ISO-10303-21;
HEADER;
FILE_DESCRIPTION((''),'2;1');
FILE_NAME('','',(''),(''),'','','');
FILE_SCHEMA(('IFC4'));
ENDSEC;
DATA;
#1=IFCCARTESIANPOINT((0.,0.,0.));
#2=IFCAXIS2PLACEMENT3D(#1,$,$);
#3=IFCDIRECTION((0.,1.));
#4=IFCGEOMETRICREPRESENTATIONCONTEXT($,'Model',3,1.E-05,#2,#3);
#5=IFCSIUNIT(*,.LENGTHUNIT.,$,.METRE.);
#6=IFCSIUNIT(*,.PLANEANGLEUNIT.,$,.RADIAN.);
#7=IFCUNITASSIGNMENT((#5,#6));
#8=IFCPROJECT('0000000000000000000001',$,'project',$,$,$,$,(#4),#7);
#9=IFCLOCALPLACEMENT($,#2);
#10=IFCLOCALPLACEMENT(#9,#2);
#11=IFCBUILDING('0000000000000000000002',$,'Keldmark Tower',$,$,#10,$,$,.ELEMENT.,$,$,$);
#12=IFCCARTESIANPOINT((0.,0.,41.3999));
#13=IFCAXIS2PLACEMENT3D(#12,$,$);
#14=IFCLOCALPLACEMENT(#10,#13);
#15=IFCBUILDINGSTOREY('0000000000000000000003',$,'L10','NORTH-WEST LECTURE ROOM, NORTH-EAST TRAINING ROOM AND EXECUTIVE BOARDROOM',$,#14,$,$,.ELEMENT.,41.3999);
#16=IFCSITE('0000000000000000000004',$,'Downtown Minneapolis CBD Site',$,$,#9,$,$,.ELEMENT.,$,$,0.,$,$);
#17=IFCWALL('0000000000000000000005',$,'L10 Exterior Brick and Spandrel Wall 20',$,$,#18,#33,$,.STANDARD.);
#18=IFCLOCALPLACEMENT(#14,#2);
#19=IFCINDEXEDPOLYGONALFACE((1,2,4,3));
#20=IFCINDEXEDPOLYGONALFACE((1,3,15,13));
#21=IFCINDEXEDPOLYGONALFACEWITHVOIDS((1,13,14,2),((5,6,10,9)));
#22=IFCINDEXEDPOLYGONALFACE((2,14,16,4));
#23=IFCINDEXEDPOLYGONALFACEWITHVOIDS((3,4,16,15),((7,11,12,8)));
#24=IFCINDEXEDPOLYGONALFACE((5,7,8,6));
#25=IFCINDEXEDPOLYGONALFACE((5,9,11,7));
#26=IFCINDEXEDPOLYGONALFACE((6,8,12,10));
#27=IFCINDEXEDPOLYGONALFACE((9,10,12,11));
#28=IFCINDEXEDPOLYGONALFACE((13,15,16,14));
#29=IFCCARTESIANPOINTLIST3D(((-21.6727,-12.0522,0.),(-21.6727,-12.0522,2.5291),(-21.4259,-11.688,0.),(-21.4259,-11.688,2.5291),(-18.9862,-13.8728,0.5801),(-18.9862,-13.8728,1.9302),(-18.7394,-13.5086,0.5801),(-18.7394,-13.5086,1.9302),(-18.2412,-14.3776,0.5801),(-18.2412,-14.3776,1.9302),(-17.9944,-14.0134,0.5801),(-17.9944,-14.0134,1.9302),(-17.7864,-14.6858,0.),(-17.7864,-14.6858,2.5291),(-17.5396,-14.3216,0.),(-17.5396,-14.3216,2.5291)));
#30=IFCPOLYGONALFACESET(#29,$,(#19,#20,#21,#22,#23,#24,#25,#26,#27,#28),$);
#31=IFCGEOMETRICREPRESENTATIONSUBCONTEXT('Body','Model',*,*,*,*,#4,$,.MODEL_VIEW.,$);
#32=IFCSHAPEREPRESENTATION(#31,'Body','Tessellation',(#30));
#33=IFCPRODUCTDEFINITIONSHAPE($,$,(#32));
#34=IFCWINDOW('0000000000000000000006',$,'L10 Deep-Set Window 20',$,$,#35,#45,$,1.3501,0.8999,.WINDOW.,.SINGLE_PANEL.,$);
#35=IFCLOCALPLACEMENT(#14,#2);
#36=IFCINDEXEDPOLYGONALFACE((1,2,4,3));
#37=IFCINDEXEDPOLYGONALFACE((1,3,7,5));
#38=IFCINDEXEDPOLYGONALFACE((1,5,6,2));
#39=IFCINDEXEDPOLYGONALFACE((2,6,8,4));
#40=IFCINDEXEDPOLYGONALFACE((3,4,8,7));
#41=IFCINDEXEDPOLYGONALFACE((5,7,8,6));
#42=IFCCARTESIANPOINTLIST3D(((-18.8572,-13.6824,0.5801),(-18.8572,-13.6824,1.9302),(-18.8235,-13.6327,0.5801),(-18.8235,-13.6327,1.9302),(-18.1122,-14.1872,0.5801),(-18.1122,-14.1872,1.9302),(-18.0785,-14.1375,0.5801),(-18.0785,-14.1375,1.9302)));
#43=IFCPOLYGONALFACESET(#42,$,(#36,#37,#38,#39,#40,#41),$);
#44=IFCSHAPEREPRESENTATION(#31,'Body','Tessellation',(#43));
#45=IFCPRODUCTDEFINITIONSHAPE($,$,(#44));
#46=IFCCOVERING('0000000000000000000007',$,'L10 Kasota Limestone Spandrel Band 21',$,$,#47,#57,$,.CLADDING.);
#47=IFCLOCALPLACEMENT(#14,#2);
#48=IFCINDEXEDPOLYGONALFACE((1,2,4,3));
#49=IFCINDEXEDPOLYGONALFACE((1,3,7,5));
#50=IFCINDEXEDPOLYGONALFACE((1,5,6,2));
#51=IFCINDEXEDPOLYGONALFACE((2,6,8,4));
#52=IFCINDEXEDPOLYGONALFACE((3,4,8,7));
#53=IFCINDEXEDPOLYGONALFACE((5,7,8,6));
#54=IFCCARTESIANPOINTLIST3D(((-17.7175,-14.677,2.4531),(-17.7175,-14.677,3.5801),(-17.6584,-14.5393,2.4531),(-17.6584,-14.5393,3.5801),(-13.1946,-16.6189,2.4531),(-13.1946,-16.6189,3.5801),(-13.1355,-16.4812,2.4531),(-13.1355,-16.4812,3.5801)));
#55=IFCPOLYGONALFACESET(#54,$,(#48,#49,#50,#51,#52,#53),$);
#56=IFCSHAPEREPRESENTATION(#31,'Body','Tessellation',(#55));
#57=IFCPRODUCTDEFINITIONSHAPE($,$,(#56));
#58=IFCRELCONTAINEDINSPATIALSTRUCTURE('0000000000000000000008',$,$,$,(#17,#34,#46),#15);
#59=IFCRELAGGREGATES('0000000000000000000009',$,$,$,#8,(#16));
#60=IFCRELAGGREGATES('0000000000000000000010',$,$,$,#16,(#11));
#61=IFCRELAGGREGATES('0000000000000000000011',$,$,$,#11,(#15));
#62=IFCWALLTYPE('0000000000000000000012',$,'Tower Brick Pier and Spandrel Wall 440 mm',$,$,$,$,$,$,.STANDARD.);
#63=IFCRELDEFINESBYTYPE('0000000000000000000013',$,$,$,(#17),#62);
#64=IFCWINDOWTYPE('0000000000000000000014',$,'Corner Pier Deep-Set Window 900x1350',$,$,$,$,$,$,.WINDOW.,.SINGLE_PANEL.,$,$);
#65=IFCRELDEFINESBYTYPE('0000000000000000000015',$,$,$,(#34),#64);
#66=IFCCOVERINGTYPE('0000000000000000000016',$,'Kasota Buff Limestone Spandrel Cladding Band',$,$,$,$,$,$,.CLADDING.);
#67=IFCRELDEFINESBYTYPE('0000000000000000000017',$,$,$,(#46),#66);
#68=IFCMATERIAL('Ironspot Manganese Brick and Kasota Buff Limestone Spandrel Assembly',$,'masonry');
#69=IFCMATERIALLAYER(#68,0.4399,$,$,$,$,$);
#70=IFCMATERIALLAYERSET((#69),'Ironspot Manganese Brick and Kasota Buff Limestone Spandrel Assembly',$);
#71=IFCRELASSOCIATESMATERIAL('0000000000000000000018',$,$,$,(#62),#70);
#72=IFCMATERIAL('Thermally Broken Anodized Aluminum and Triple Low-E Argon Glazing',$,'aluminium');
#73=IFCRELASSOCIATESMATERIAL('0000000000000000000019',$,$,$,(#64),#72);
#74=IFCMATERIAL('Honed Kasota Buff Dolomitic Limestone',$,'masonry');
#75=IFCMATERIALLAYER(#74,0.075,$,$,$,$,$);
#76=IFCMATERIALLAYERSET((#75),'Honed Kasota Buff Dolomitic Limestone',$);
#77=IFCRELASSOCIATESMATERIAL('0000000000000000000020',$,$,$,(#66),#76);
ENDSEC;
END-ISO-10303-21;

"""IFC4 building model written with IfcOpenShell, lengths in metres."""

from ifc_helpers import new_model, si_unit, direction, frame, frame_2d, origin, origin_2d, place, context, subcontext, project, spatial, rectangle, extrude, material, layer, layer_set, type_object, element, fill, save


model = new_model("IFC4")

# Units and contexts
model_context = context("Model", 3, precision=1e-05, world=origin(), true_north=direction((0.0, 1.0)))
body_context = subcontext(model_context, "Body", "Model", "MODEL_VIEW")
ifc_project = project(units=[si_unit("LENGTHUNIT", "METRE"), si_unit("PLANEANGLEUNIT", "RADIAN")], contexts=[model_context])

# Site, building, storey
site_placement = place(None, origin())
site = spatial("IfcSite", under=ifc_project, at=site_placement, Name="Downtown Minneapolis CBD Site", CompositionType="ELEMENT", RefElevation=0.0)
building_placement = place(site_placement, origin())
building = spatial("IfcBuilding", under=site, at=building_placement, Name="Keldmark Tower", CompositionType="ELEMENT")
storey_placement = place(building_placement, frame((0.0, 0.0, 41.3999)))
storey = spatial("IfcBuildingStorey", under=building, at=storey_placement, Name="L10", Description="NORTH-WEST LECTURE ROOM, NORTH-EAST TRAINING ROOM AND EXECUTIVE BOARDROOM", CompositionType="ELEMENT", Elevation=41.3999)

# Wall, opening, window
ifc_material_1 = material(Name="Ironspot Manganese Brick and Kasota Buff Limestone Spandrel Assembly", Category="masonry")
ifc_layer_1 = layer(ifc_material_1, 0.4399)
ifc_layer_set_1 = layer_set([ifc_layer_1], Name="Ironspot Manganese Brick and Kasota Buff Limestone Spandrel Assembly")
wall_type_1 = type_object("IfcWallType", Name="Tower Brick Pier and Spandrel Wall 440 mm", PredefinedType="STANDARD", material=ifc_layer_set_1)
wall_1_placement = place(storey_placement, frame((-17.6631, -14.5037, 0.0), z_axis=(0.0, 0.0, 1.0), x_axis=(-0.827826, 0.560985, 0.0)))
wall_1 = element("IfcWall", 1, at=wall_1_placement, inside=storey, type_object=wall_type_1, Name="L10 Exterior Brick and Spandrel Wall 20", PredefinedType="STANDARD", context=body_context, shape_type="SweptSolid", body=[
    extrude(rectangle(XDim=4.6946, YDim=0.4399, at=frame_2d((2.3472, 0.0))), origin(), (0.0, 0.0, 1.0), 2.5291),
])
opening_1_placement = place(wall_1_placement, frame((0.5493, 0.0, 0.5801)))
opening_1 = element("IfcOpeningElement", 2, at=opening_1_placement, cuts=wall_1, PredefinedType="OPENING", context=body_context, shape_type="SweptSolid", body=[
    extrude(rectangle(XDim=0.8999, YDim=1.3501, at=frame_2d((0.45, 0.675))), frame((0.0, 0.23, 0.0), z_axis=(0.0, -1.0, 0.0), x_axis=(1.0, 0.0, 0.0)), (0.0, 0.0, 1.0), 0.46),
])
ifc_material_2 = material(Name="Thermally Broken Anodized Aluminum and Triple Low-E Argon Glazing", Category="aluminium")
window_type = type_object("IfcWindowType", Name="Corner Pier Deep-Set Window 900x1350", PartitioningType="SINGLE_PANEL", PredefinedType="WINDOW", material=ifc_material_2)
window_placement = place(opening_1_placement, origin())
window = element("IfcWindow", 3, at=window_placement, inside=storey, type_object=window_type, Name="L10 Deep-Set Window 20", OverallHeight=1.3501, OverallWidth=0.8999, PartitioningType="SINGLE_PANEL", PredefinedType="WINDOW", context=body_context, shape_type="SweptSolid", body=[
    extrude(rectangle(XDim=0.8999, YDim=1.3501, at=frame_2d((0.45, 0.675))), frame((0.0, -0.01, 0.0), z_axis=(0.0, -1.0, 0.0), x_axis=(1.0, 0.0, 0.0)), (0.0, 0.0, 1.0), 0.0601),
])
fill(opening_1, window)

# Covering
ifc_material_3 = material(Name="Honed Kasota Buff Dolomitic Limestone", Category="masonry")
ifc_layer_2 = layer(ifc_material_3, 0.075)
ifc_layer_set_2 = layer_set([ifc_layer_2], Name="Honed Kasota Buff Dolomitic Limestone")
covering_type = type_object("IfcCoveringType", Name="Kasota Buff Limestone Spandrel Cladding Band", PredefinedType="CLADDING", material=ifc_layer_set_2)
covering_placement = place(storey_placement, frame((-15.4265, -15.5791, 2.4531), z_axis=(0.0, 0.0, 1.0), x_axis=(0.918888, -0.394519, 0.0)))
element("IfcCovering", 4, at=covering_placement, inside=storey, type_object=covering_type, Name="L10 Kasota Limestone Spandrel Band 21", PredefinedType="CLADDING", context=body_context, shape_type="SweptSolid", body=[
    extrude(rectangle(XDim=4.9221, YDim=0.1499, at=origin_2d()), origin(), (0.0, 0.0, 1.0), 1.127),
])

save(model, "model.ifc")
